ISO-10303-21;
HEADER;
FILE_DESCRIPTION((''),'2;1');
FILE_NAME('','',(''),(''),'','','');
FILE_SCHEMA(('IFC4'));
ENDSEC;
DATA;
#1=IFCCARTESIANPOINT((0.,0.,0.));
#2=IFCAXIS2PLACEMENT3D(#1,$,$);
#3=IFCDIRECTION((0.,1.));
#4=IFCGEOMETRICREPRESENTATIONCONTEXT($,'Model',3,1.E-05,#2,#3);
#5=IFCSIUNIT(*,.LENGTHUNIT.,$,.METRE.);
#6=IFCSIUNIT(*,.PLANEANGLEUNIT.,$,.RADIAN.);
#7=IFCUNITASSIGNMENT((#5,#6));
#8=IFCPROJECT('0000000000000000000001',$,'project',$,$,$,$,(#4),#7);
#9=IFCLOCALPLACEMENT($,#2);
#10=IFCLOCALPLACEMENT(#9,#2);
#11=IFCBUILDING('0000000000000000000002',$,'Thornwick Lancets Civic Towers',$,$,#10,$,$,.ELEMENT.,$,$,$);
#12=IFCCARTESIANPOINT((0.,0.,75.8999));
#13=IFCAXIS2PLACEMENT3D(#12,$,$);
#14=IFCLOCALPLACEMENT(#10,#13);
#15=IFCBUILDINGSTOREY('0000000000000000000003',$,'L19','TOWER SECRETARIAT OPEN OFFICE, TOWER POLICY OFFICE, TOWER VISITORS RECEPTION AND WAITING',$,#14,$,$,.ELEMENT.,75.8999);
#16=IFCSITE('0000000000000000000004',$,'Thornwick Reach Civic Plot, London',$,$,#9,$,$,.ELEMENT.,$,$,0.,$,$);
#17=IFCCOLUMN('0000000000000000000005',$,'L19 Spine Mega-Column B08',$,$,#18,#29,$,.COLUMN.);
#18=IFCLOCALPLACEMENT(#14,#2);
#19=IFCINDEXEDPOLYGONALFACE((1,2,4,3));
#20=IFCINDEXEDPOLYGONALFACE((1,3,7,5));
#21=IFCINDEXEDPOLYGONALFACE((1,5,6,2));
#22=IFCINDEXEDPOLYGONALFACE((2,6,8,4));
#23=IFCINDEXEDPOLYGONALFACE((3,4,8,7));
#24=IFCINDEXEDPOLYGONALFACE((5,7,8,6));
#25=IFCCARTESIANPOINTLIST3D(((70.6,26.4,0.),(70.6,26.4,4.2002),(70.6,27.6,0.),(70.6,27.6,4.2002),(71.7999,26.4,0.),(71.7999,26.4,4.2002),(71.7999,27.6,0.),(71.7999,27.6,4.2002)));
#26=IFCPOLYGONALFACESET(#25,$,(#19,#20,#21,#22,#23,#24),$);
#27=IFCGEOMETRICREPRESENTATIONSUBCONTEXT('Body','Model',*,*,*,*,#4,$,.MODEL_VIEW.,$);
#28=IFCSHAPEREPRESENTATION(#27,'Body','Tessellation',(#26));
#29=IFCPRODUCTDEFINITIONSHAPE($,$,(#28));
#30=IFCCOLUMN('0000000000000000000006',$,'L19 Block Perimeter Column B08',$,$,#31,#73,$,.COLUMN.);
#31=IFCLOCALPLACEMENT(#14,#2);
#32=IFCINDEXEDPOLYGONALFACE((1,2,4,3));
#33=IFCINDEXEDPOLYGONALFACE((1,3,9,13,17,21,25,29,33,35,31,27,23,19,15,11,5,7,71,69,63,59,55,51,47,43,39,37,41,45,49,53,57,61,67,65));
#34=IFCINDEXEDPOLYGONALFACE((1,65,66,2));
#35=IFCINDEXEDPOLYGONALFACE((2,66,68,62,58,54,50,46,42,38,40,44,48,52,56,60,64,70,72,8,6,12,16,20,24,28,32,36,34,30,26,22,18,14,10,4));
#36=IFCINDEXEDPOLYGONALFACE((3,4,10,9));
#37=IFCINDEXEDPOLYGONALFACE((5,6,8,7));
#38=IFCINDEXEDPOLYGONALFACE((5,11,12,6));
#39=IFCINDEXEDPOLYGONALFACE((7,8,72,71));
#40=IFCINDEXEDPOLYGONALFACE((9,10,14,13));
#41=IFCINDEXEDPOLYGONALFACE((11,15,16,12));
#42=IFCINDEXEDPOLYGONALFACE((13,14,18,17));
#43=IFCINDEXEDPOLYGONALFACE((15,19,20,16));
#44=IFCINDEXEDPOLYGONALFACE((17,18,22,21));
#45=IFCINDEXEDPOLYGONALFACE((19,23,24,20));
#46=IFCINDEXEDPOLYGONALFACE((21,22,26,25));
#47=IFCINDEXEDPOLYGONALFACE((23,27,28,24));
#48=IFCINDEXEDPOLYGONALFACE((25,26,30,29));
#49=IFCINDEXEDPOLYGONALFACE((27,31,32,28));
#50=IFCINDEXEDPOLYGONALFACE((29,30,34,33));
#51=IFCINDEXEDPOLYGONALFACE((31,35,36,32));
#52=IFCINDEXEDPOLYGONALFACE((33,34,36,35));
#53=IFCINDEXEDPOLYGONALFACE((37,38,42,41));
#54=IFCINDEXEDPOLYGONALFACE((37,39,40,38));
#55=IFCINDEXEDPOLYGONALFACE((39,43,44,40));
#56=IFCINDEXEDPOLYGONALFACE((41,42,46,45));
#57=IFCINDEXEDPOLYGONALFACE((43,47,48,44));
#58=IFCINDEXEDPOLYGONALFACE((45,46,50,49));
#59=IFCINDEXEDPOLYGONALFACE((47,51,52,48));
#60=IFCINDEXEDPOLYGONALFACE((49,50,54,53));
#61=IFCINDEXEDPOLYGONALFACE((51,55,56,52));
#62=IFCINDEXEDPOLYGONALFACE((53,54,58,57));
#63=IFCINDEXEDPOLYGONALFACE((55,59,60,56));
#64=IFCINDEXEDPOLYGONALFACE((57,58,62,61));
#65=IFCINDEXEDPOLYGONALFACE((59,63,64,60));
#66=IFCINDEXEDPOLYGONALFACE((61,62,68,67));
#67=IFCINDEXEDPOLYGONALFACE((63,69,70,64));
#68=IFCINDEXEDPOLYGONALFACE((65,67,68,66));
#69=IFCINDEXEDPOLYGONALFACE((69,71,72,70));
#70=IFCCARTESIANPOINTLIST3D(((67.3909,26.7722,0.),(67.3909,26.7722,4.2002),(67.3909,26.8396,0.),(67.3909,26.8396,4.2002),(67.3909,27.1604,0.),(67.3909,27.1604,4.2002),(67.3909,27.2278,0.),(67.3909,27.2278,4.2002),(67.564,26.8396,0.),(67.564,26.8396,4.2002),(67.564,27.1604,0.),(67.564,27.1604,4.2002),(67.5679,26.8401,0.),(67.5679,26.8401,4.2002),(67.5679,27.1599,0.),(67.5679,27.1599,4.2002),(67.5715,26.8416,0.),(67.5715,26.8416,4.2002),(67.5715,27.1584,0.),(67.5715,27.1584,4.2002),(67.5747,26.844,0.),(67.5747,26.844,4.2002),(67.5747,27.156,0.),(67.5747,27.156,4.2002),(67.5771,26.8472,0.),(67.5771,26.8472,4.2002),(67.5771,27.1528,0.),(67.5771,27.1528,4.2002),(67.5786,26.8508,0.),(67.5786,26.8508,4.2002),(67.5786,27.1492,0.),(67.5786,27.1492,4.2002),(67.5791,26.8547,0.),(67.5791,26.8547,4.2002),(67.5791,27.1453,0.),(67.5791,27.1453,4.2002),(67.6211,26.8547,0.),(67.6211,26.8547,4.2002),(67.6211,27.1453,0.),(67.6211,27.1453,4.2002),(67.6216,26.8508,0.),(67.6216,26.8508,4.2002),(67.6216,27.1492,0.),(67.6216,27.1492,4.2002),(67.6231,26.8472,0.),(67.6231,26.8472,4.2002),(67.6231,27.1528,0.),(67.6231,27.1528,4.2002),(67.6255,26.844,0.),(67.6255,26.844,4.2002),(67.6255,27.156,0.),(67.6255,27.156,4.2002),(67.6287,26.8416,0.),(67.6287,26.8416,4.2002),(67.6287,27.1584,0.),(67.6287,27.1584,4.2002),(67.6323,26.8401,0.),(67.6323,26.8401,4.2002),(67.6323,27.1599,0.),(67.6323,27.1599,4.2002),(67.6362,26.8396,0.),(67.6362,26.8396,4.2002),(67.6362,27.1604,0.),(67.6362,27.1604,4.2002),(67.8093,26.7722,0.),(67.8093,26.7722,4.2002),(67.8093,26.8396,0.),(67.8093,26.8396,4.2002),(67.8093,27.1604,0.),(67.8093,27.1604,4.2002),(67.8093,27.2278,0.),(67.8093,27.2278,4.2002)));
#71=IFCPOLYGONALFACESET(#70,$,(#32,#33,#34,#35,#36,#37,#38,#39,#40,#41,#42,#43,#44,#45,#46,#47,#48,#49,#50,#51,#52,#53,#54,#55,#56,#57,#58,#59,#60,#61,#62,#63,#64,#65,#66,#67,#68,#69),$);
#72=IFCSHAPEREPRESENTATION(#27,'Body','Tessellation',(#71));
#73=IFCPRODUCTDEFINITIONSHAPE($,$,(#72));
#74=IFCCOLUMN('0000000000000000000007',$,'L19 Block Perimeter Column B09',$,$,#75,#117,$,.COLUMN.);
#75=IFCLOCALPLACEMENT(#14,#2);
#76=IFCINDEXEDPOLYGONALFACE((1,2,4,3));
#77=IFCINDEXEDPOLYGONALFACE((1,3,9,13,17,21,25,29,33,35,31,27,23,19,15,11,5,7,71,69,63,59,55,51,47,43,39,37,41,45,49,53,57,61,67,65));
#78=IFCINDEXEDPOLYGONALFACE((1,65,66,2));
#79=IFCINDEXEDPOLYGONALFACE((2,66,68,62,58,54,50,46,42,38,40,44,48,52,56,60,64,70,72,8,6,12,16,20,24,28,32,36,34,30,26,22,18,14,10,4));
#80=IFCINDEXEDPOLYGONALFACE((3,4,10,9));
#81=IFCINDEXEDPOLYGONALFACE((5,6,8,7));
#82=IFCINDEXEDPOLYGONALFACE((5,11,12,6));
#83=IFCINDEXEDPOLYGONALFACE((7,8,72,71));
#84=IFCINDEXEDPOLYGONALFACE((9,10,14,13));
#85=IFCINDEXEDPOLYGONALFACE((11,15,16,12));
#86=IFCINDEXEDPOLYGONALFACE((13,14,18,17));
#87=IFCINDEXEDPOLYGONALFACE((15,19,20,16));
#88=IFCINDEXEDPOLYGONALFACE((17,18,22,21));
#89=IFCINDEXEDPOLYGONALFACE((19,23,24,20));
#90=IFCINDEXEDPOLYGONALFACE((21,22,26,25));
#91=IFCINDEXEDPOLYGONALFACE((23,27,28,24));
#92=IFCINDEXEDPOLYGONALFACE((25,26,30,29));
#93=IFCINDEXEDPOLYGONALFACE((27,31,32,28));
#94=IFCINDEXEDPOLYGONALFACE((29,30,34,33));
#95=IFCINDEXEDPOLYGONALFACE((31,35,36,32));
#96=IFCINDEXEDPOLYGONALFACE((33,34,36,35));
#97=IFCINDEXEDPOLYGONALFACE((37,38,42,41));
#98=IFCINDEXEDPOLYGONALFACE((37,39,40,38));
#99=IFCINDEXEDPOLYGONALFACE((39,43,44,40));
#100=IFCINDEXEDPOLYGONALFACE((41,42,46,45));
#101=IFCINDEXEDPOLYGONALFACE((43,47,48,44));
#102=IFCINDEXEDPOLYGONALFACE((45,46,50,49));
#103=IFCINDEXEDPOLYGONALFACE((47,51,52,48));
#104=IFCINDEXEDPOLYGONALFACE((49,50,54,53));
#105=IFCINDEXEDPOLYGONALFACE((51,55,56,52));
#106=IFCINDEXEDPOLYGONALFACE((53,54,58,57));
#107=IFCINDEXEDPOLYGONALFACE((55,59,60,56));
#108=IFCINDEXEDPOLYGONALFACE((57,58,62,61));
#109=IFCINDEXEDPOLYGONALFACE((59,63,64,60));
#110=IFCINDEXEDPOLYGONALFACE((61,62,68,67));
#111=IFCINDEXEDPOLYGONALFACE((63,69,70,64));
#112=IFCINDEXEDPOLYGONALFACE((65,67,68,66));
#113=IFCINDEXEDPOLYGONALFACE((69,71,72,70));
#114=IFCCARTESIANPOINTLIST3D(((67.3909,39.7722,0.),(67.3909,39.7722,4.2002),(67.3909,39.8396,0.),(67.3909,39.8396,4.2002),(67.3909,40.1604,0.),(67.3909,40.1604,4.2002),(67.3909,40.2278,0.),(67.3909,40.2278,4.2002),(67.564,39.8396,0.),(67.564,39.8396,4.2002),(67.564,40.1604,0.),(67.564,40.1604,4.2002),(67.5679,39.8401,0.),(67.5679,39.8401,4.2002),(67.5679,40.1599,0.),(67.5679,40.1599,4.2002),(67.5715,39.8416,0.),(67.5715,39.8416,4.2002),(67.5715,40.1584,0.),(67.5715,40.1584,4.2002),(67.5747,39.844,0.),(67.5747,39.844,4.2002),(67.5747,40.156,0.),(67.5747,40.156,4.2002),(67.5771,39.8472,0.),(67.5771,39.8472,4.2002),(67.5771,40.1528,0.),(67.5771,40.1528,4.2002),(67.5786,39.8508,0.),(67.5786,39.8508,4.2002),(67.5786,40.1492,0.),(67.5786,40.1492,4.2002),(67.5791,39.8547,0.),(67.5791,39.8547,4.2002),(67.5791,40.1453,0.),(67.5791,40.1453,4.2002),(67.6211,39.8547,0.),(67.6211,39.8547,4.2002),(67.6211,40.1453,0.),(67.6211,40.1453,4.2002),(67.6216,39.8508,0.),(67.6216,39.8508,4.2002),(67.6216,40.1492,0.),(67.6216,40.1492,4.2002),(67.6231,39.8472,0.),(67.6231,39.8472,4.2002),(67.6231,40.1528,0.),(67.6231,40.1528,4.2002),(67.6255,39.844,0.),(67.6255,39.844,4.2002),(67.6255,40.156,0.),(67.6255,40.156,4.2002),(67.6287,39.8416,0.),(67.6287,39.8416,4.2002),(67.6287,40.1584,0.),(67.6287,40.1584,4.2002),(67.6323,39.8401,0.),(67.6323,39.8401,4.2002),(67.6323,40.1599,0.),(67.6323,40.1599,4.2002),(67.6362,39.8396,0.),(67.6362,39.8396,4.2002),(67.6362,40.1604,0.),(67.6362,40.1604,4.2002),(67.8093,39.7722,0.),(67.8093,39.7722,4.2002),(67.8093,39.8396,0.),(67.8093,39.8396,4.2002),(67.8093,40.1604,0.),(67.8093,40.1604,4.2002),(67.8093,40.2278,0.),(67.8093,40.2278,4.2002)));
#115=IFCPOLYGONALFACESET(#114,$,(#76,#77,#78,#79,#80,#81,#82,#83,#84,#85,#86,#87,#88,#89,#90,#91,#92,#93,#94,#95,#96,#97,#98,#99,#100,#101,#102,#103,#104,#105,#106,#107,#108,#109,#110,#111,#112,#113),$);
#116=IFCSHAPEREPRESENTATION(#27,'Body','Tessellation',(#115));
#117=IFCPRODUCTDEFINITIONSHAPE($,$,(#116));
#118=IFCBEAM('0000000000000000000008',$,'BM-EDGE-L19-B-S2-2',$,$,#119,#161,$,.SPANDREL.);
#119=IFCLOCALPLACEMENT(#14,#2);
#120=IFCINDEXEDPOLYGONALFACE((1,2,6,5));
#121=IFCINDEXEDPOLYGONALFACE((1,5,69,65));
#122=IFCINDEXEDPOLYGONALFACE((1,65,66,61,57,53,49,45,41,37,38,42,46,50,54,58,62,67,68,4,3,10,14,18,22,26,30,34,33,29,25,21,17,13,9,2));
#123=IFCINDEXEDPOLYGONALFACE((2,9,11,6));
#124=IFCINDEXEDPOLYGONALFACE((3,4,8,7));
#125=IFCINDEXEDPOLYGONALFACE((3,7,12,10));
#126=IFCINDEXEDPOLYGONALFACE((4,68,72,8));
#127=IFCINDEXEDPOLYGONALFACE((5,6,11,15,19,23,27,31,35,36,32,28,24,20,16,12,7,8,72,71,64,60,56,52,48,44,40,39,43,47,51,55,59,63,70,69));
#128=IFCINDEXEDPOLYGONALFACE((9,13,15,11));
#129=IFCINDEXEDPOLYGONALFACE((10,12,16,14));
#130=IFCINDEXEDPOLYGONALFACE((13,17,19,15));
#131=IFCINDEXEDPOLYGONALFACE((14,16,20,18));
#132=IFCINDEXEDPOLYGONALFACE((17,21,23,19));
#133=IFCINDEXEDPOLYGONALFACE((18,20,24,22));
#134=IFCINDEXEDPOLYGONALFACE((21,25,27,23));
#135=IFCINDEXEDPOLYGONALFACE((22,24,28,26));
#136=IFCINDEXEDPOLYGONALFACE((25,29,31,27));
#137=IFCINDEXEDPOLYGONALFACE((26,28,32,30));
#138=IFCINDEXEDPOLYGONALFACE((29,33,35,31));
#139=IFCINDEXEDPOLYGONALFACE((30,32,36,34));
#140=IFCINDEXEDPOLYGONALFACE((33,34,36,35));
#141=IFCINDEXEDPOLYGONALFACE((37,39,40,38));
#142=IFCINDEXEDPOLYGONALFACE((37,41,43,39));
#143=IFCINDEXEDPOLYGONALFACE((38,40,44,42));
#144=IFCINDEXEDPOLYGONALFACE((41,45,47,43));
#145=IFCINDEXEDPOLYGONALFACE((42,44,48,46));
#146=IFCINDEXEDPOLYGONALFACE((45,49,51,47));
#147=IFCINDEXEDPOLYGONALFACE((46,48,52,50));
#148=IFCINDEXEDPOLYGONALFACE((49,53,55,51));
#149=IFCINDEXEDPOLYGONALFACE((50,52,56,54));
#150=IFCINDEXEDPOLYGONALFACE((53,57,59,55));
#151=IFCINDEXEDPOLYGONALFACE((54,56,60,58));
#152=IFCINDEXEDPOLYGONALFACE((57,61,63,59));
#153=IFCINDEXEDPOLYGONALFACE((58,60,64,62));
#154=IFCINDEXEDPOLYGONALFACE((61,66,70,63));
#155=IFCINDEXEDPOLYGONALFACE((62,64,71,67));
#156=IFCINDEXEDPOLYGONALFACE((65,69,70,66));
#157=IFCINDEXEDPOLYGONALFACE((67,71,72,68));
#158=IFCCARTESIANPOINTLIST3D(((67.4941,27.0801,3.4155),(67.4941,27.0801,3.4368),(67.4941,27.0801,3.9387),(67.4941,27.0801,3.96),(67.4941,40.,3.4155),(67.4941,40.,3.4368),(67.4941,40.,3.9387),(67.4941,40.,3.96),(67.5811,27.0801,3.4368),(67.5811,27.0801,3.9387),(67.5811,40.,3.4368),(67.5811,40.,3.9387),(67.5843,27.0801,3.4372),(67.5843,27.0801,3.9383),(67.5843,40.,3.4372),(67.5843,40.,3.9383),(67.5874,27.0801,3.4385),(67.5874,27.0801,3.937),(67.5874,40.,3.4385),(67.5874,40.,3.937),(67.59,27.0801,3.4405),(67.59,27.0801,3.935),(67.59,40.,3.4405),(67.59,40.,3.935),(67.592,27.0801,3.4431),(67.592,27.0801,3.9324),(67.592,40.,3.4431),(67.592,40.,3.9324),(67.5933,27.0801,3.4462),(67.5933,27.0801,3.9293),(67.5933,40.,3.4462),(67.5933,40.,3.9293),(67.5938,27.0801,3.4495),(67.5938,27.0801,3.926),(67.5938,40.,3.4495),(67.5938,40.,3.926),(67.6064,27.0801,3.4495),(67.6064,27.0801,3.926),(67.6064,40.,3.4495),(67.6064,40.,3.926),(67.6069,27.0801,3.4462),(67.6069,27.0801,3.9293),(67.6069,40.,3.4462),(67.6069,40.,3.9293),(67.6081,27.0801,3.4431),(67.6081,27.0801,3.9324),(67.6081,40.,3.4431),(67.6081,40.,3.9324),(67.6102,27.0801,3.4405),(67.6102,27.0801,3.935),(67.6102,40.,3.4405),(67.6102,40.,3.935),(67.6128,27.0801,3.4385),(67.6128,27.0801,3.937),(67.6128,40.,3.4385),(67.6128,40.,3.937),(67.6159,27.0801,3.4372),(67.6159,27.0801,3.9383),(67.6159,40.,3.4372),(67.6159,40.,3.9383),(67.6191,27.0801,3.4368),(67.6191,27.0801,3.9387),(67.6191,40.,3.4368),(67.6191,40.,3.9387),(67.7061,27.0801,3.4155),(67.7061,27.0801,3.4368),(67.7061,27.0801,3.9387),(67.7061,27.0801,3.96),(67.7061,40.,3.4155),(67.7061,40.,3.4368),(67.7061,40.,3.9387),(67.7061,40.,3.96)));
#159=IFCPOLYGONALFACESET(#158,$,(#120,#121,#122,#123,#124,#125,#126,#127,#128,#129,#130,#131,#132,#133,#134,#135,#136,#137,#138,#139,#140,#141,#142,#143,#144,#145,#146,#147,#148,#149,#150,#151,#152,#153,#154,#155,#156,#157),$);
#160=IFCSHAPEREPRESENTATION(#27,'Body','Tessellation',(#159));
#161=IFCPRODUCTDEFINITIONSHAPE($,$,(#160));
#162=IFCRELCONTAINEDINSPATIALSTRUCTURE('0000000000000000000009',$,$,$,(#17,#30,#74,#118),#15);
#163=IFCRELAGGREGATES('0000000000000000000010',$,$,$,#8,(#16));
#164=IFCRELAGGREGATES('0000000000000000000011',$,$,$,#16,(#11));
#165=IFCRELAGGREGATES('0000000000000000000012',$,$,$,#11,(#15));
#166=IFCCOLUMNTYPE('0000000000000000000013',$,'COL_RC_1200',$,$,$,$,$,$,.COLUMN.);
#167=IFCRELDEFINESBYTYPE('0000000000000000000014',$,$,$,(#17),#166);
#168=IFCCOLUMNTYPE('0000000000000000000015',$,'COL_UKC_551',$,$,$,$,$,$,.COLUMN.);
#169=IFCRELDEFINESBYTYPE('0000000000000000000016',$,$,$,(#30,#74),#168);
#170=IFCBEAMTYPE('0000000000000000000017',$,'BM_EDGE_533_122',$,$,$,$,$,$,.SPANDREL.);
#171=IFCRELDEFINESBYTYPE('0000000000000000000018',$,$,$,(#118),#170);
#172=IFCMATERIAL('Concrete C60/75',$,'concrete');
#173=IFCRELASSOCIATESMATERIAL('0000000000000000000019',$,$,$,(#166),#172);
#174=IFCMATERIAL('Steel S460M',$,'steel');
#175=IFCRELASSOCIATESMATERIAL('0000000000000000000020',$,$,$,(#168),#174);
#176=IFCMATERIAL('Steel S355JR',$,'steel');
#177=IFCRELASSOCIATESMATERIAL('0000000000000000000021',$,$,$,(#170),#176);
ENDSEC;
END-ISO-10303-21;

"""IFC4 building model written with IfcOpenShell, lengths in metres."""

from ifc_helpers import new_model, si_unit, direction, frame, origin, origin_2d, place, context, subcontext, project, spatial, rectangle, i_section, extrude, material, material_profile, profile_set, type_object, element, save


model = new_model("IFC4")

# Units and contexts
model_context = context("Model", 3, precision=1e-05, world=origin(), true_north=direction((0.0, 1.0)))
body_context = subcontext(model_context, "Body", "Model", "MODEL_VIEW")
ifc_project = project(units=[si_unit("LENGTHUNIT", "METRE"), si_unit("PLANEANGLEUNIT", "RADIAN")], contexts=[model_context])

# Site, building, storey
site_placement = place(None, origin())
site = spatial("IfcSite", under=ifc_project, at=site_placement, Name="Thornwick Reach Civic Plot, London", CompositionType="ELEMENT", RefElevation=0.0)
building_placement = place(site_placement, origin())
building = spatial("IfcBuilding", under=site, at=building_placement, Name="Thornwick Lancets Civic Towers", CompositionType="ELEMENT")
storey_placement = place(building_placement, frame((0.0, 0.0, 75.8999)))
storey = spatial("IfcBuildingStorey", under=building, at=storey_placement, Name="L19", Description="TOWER SECRETARIAT OPEN OFFICE, TOWER POLICY OFFICE, TOWER VISITORS RECEPTION AND WAITING", CompositionType="ELEMENT", Elevation=75.8999)

# Columns
ifc_material_1 = material(Name="Concrete C60/75", Category="concrete")
ifc_material_profile_1 = material_profile(ifc_material_1, rectangle(XDim=1.2, YDim=1.2, at=origin_2d()), Name="RC 1200x1200")
ifc_profile_set_1 = profile_set([ifc_material_profile_1], Name="Concrete C60/75")
column_type_1 = type_object("IfcColumnType", Name="COL_RC_1200", PredefinedType="COLUMN", material=ifc_profile_set_1)
column_placement = place(storey_placement, frame((71.2, 27.0, 0.0), z_axis=(0.0, 0.0, 1.0), x_axis=(1.0, 0.0, 0.0)))
element("IfcColumn", 1, at=column_placement, inside=storey, type_object=column_type_1, Name="L19 Spine Mega-Column B08", PredefinedType="COLUMN", context=body_context, shape_type="SweptSolid", body=[
    extrude(rectangle(XDim=1.2, YDim=1.2, at=origin_2d()), origin(), (0.0, 0.0, 1.0), 4.2002),
])
ifc_material_2 = material(Name="Steel S460M", Category="steel")
ifc_material_profile_2 = material_profile(ifc_material_2, i_section(OverallWidth=0.4185, OverallDepth=0.4556, WebThickness=0.042, FlangeThickness=0.0674, FilletRadius=0.0151, at=origin_2d()), Name="UKC 356x406x551")
ifc_profile_set_2 = profile_set([ifc_material_profile_2], Name="Steel S460M")
column_type_2 = type_object("IfcColumnType", Name="COL_UKC_551", PredefinedType="COLUMN", material=ifc_profile_set_2)
for number, where, z_axis, x_axis, name in (
    (2, (67.6001, 27.0, 0.0), (0.0, 0.0, 1.0), (1.0, 0.0, 0.0), "L19 Block Perimeter Column B08"),
    (3, (67.6001, 40.0, 0.0), (0.0, 0.0, 1.0), (1.0, 0.0, 0.0), "L19 Block Perimeter Column B09"),
):
    element("IfcColumn", number, at=place(storey_placement, frame(where, z_axis=z_axis, x_axis=x_axis)), inside=storey, type_object=column_type_2, Name=name, PredefinedType="COLUMN", context=body_context, shape_type="SweptSolid", body=[
        extrude(i_section(OverallWidth=0.4185, OverallDepth=0.4556, WebThickness=0.042, FlangeThickness=0.0674, FilletRadius=0.0151, at=origin_2d()), origin(), (0.0, 0.0, 1.0), 4.2002),
    ])

# Beam
ifc_material_3 = material(Name="Steel S355JR", Category="steel")
ifc_material_profile_3 = material_profile(ifc_material_3, i_section(OverallWidth=0.2119, OverallDepth=0.5444, WebThickness=0.0127, FlangeThickness=0.0212, FilletRadius=0.0127, at=origin_2d()), Name="UKB 533x210x122")
ifc_profile_set_3 = profile_set([ifc_material_profile_3], Name="Steel S355JR")
beam_type_1 = type_object("IfcBeamType", Name="BM_EDGE_533_122", PredefinedType="SPANDREL", material=ifc_profile_set_3)
beam_1_placement = place(storey_placement, frame((67.6001, 27.0801, 3.6877), z_axis=(0.0, 1.0, 0.0), x_axis=(-1.0, 0.0, 0.0)))
element("IfcBeam", 4, at=beam_1_placement, inside=storey, type_object=beam_type_1, Name="BM-EDGE-L19-B-S2-2", PredefinedType="SPANDREL", context=body_context, shape_type="SweptSolid", body=[
    extrude(i_section(OverallWidth=0.2119, OverallDepth=0.5444, WebThickness=0.0127, FlangeThickness=0.0212, FilletRadius=0.0127, at=origin_2d()), origin(), (0.0, 0.0, 1.0), 12.9199),
])

save(model, "model.ifc")
